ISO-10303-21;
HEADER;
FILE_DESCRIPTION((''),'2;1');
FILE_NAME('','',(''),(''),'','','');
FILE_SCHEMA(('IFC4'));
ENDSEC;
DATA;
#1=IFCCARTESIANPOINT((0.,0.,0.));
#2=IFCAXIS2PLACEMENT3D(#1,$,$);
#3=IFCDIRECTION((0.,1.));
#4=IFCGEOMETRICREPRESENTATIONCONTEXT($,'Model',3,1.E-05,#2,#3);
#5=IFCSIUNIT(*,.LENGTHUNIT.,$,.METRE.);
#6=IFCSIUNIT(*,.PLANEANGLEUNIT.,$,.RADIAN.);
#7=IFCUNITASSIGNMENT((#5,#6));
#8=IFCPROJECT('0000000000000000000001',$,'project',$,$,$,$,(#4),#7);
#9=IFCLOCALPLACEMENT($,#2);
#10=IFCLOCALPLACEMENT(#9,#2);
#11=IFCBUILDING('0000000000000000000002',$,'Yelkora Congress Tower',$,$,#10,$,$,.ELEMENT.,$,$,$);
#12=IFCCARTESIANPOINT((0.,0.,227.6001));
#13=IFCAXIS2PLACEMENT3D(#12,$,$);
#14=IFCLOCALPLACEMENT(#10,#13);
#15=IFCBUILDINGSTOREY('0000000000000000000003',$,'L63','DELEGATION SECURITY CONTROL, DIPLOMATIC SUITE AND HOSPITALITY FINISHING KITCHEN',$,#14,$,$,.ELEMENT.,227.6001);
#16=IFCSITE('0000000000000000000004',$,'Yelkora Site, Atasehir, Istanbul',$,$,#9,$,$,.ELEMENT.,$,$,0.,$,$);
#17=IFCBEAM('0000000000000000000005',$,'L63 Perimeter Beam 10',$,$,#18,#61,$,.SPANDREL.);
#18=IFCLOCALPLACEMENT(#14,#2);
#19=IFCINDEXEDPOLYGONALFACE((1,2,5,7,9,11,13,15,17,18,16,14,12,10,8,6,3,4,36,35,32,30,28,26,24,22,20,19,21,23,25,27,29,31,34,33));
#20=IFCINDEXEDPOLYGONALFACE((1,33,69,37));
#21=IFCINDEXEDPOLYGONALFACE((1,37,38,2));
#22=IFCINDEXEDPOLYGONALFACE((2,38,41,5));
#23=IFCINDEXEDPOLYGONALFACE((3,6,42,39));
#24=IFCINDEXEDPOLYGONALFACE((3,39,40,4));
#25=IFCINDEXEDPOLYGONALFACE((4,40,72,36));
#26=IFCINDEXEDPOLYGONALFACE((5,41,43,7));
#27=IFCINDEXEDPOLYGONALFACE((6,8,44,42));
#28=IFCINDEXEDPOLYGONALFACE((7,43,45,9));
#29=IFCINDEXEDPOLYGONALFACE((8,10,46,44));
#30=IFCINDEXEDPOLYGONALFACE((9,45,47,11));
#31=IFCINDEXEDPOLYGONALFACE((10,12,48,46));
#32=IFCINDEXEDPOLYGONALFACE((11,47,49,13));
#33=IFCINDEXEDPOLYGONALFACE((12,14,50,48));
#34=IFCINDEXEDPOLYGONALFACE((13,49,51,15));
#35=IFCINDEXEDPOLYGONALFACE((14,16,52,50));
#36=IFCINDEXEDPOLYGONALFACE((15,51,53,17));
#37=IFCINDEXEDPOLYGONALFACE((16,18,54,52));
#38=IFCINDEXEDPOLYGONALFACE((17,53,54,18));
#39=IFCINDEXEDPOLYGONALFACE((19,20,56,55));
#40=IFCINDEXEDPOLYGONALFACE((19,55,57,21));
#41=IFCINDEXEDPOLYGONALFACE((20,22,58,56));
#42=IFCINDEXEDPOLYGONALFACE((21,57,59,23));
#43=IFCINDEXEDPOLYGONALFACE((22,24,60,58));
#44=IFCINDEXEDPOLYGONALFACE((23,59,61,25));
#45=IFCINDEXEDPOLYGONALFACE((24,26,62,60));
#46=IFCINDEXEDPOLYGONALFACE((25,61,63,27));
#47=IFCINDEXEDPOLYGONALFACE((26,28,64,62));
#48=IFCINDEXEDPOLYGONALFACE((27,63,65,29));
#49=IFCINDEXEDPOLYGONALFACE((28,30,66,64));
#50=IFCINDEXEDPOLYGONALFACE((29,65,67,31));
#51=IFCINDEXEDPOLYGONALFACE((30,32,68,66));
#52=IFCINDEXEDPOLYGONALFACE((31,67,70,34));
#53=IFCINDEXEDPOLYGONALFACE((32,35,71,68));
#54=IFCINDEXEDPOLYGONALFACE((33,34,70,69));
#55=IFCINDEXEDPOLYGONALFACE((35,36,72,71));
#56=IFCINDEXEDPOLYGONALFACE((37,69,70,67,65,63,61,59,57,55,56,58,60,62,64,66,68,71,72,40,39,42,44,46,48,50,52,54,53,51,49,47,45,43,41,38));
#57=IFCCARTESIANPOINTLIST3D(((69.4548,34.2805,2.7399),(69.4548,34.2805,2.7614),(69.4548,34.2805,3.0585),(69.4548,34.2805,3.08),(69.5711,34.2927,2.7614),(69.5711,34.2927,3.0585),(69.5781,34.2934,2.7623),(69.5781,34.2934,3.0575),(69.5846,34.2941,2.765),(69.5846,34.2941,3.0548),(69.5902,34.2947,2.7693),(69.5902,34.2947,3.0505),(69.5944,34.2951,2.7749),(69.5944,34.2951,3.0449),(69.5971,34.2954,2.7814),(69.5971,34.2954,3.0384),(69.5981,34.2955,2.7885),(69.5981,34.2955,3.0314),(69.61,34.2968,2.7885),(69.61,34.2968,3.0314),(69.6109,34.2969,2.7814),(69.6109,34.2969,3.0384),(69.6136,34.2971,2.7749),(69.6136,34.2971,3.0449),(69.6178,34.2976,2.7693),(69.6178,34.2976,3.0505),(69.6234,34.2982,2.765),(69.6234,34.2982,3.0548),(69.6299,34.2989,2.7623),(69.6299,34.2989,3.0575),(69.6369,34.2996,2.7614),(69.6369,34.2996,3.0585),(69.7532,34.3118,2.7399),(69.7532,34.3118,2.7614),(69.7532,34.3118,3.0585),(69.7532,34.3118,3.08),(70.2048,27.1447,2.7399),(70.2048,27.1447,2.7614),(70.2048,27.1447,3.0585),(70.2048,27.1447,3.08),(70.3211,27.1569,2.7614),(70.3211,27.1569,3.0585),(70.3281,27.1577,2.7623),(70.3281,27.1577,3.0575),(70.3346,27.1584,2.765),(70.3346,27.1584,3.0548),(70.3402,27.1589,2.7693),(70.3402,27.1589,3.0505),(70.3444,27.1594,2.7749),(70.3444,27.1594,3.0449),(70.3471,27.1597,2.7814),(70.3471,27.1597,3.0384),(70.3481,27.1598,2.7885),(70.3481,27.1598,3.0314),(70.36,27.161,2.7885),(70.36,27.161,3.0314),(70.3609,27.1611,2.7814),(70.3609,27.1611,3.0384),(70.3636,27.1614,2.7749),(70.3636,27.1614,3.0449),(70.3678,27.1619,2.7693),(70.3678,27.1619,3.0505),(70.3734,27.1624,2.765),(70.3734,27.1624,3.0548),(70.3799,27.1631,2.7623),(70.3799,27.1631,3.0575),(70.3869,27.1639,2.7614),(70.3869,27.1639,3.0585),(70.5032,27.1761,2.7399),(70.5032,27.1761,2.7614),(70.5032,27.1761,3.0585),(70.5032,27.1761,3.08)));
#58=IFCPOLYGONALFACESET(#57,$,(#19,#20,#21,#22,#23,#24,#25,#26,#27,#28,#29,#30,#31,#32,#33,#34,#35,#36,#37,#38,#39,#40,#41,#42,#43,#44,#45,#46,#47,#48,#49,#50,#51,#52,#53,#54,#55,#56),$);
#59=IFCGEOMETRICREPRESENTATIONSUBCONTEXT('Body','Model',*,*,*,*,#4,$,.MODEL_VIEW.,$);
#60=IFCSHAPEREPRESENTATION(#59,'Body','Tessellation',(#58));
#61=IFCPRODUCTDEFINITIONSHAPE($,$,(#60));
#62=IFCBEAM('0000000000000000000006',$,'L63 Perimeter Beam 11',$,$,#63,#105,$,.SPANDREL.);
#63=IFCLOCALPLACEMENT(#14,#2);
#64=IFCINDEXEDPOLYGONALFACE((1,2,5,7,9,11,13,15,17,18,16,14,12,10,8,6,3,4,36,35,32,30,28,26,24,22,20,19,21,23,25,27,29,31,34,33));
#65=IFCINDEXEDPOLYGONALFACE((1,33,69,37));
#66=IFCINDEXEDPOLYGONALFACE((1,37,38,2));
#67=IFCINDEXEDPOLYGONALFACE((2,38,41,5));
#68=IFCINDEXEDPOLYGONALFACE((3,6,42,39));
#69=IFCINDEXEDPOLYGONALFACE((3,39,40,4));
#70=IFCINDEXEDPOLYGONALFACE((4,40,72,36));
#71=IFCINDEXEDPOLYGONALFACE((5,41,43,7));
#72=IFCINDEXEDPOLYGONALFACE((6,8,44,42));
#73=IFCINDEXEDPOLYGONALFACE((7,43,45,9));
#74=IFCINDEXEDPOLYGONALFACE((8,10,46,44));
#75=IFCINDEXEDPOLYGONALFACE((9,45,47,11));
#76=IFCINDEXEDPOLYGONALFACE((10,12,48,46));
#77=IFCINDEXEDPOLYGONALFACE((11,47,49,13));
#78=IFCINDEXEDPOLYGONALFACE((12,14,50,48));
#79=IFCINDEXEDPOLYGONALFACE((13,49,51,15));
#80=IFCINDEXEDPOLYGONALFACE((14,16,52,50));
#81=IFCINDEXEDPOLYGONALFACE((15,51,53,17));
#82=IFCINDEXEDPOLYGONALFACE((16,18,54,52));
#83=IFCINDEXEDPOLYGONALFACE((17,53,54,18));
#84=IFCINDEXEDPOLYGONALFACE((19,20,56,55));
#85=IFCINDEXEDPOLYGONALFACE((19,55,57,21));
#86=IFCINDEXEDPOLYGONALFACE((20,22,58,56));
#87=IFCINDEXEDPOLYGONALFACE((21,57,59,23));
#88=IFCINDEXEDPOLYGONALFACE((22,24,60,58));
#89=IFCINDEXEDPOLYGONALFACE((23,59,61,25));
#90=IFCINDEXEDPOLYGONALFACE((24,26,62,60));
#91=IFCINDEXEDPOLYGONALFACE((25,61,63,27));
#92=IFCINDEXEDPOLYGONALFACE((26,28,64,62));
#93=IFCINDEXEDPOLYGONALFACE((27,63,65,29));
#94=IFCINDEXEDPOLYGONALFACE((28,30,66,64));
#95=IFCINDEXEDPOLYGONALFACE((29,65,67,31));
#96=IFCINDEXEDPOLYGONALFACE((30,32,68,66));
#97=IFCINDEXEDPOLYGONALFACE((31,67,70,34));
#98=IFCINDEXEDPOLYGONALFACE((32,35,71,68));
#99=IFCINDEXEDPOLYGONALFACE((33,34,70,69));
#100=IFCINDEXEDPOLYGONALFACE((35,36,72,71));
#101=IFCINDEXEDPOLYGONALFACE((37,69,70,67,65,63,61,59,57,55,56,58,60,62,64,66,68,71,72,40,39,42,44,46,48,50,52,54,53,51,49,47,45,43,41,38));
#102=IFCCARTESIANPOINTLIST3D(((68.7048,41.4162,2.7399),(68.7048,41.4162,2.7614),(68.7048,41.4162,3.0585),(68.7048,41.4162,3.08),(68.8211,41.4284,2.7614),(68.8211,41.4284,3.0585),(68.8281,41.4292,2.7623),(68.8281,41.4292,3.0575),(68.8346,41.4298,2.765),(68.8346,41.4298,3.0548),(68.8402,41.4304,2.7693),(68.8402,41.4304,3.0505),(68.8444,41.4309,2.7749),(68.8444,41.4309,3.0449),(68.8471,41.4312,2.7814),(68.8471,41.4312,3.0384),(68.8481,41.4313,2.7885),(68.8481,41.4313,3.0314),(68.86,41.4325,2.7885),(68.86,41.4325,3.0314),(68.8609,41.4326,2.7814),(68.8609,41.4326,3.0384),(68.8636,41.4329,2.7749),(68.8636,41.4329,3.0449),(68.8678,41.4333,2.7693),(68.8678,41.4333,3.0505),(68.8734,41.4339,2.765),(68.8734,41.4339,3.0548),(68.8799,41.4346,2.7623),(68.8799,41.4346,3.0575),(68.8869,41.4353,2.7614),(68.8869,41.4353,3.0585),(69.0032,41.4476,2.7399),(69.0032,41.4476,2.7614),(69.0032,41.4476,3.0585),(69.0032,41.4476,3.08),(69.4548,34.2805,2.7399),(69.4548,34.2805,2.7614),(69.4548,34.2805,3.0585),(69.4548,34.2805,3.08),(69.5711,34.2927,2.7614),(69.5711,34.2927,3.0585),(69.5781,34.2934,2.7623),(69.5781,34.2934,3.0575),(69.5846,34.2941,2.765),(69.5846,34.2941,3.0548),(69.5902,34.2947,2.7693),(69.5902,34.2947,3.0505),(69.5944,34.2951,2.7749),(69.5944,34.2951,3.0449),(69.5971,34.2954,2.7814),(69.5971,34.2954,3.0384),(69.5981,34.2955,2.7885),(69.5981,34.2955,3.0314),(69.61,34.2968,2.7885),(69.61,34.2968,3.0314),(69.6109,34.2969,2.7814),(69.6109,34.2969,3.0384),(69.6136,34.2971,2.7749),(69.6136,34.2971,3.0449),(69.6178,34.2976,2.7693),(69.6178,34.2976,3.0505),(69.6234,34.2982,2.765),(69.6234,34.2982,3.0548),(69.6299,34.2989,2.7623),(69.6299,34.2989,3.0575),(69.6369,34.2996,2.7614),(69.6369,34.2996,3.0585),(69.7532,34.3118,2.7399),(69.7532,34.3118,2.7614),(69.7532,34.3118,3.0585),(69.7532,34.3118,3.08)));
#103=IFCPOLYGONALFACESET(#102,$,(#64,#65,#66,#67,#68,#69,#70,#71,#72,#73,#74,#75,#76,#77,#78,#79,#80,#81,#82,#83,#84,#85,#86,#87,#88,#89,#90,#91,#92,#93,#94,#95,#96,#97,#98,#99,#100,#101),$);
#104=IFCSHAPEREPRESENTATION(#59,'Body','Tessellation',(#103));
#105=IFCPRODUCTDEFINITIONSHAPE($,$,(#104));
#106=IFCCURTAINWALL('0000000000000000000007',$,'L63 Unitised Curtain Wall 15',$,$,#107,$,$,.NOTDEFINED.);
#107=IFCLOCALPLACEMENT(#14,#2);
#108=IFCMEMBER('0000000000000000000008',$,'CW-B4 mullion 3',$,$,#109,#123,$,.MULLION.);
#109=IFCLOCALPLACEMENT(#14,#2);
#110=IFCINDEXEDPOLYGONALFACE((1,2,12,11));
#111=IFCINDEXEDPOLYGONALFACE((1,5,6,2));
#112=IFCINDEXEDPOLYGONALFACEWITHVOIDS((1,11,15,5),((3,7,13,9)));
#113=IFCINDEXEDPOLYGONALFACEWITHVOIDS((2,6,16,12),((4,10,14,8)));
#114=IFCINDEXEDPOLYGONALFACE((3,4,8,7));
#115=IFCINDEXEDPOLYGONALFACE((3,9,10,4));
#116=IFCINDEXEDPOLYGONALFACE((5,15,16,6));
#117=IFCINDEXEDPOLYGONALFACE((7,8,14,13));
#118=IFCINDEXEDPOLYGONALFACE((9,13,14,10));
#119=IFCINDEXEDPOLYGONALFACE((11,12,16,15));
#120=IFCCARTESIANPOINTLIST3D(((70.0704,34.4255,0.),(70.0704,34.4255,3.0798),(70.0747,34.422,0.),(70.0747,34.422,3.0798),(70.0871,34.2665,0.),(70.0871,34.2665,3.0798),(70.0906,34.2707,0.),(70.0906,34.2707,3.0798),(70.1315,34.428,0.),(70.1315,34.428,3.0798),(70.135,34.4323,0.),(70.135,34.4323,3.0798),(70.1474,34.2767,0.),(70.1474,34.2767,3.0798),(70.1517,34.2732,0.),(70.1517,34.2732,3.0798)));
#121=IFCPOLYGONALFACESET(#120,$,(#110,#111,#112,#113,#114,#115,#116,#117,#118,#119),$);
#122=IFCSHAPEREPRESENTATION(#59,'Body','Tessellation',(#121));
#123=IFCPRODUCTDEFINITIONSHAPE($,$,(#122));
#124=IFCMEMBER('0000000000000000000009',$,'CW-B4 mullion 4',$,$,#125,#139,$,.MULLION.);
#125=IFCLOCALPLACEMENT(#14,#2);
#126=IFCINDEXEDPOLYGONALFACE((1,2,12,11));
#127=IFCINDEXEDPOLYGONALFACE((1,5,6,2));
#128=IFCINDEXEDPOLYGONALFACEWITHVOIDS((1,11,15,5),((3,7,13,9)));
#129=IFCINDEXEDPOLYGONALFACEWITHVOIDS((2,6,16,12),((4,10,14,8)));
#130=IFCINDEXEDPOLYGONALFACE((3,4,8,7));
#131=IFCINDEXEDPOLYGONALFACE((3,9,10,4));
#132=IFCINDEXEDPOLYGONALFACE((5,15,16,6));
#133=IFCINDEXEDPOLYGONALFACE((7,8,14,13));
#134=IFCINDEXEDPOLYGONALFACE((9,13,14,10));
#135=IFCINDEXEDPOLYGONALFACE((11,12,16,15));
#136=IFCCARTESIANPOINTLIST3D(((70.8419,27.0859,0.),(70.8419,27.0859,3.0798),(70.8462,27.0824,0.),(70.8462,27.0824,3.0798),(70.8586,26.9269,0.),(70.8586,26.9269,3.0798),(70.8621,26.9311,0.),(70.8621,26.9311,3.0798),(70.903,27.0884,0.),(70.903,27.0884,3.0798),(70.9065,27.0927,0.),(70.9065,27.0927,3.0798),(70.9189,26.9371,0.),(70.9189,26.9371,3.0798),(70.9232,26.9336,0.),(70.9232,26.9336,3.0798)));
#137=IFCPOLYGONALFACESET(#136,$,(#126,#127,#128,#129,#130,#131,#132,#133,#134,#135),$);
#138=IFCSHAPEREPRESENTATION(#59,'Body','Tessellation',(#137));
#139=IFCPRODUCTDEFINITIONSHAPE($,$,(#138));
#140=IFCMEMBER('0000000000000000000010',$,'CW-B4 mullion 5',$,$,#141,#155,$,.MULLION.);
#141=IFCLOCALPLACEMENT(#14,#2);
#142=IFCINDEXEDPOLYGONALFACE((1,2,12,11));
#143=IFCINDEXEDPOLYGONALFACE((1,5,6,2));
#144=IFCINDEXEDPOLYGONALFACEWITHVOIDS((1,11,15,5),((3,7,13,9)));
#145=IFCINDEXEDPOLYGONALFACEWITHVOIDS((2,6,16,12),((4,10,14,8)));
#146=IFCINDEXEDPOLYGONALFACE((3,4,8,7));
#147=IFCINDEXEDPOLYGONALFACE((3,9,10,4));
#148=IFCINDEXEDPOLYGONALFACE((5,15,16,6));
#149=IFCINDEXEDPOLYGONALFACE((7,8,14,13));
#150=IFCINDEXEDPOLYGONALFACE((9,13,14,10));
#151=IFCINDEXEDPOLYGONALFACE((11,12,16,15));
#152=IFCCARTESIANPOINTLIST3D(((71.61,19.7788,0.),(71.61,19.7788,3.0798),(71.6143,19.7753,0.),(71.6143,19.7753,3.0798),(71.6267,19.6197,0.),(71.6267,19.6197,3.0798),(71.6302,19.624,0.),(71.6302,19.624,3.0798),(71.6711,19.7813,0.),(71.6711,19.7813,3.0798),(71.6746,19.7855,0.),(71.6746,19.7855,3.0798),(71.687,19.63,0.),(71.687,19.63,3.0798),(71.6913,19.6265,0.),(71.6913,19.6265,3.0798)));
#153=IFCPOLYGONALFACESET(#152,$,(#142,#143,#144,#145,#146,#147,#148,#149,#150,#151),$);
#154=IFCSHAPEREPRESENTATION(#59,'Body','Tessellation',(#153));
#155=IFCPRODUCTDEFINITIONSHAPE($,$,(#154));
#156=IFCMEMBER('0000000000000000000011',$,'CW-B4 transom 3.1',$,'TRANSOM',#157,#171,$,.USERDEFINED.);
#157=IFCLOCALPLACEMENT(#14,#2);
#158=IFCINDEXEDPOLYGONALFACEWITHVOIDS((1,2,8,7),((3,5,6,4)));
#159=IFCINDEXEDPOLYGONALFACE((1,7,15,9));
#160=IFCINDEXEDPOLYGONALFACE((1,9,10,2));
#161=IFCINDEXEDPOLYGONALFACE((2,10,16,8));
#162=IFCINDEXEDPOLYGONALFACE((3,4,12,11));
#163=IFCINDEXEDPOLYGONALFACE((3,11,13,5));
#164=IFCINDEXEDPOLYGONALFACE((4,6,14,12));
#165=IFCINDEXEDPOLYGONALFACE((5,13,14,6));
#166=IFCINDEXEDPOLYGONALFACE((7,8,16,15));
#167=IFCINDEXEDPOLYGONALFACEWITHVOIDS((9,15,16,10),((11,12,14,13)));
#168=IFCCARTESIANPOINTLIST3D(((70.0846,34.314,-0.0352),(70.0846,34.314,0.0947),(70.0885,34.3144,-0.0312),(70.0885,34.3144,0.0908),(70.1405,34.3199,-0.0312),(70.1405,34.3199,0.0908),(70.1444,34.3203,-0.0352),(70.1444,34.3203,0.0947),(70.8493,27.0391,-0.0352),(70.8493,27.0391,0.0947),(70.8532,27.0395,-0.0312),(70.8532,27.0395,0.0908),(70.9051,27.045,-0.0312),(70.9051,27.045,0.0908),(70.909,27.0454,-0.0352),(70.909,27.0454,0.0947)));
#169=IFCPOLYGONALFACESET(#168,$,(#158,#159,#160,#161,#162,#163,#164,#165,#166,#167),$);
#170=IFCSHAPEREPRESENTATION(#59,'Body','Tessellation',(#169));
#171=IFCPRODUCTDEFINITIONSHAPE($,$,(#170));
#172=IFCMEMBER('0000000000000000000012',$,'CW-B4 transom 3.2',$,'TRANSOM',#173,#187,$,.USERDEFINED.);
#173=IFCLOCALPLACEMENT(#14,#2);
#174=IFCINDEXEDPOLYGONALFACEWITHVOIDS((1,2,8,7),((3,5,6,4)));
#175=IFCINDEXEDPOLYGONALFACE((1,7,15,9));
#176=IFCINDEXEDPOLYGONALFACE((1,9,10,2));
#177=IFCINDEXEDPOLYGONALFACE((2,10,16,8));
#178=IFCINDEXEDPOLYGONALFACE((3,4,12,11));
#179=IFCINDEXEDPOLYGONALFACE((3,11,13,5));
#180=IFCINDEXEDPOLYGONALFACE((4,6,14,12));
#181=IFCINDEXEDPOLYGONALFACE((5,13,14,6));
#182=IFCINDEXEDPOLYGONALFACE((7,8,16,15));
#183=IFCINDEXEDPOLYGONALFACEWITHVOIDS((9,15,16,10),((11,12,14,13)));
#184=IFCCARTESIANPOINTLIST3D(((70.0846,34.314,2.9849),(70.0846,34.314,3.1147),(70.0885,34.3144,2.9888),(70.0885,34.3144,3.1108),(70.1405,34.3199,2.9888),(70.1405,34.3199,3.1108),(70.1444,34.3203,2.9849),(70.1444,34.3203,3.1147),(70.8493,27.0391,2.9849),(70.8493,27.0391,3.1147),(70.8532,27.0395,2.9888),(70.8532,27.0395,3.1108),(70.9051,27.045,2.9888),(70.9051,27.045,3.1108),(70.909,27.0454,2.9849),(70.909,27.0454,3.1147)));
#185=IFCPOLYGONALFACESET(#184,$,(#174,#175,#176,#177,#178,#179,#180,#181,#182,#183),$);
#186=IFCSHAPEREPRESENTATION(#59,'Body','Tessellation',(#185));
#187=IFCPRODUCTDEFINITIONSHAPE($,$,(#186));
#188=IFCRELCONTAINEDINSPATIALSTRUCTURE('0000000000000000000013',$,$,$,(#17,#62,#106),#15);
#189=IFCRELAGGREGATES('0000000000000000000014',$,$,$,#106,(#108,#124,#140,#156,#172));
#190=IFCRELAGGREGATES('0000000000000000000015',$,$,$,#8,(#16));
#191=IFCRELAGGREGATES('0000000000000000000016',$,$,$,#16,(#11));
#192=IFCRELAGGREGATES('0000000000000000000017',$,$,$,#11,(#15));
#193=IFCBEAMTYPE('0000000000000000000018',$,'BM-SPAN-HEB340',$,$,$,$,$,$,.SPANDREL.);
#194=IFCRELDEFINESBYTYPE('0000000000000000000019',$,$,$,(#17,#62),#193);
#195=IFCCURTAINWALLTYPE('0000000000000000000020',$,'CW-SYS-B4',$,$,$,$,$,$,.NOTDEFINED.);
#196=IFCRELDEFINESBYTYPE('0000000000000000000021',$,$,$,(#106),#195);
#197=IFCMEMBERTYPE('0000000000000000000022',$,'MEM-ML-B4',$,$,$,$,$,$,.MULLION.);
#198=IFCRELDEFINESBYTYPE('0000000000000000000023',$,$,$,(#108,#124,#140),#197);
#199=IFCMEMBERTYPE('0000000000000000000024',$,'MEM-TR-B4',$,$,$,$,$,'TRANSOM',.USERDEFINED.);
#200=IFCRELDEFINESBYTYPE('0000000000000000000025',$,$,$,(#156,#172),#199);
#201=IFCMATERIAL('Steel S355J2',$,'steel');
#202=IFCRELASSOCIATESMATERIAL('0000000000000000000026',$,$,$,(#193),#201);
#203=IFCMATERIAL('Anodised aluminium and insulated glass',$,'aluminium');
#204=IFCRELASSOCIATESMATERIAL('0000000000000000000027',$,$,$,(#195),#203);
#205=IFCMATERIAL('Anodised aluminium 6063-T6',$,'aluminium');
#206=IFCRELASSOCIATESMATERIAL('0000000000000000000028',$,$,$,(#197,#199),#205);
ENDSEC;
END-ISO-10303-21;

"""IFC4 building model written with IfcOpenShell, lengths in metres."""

from ifc_helpers import new_model, si_unit, direction, frame, origin, origin_2d, place, context, subcontext, project, spatial, hollow_rectangle, i_section, extrude, material, material_profile, profile_set, type_object, element, aggregate, save


model = new_model("IFC4")

# Units and contexts
model_context = context("Model", 3, precision=1e-05, world=origin(), true_north=direction((0.0, 1.0)))
body_context = subcontext(model_context, "Body", "Model", "MODEL_VIEW")
ifc_project = project(units=[si_unit("LENGTHUNIT", "METRE"), si_unit("PLANEANGLEUNIT", "RADIAN")], contexts=[model_context])

# Site, building, storey
site_placement = place(None, origin())
site = spatial("IfcSite", under=ifc_project, at=site_placement, Name="Yelkora Site, Atasehir, Istanbul", CompositionType="ELEMENT", RefElevation=0.0)
building_placement = place(site_placement, origin())
building = spatial("IfcBuilding", under=site, at=building_placement, Name="Yelkora Congress Tower", CompositionType="ELEMENT")
storey_placement = place(building_placement, frame((0.0, 0.0, 227.6001)))
storey = spatial("IfcBuildingStorey", under=building, at=storey_placement, Name="L63", Description="DELEGATION SECURITY CONTROL, DIPLOMATIC SUITE AND HOSPITALITY FINISHING KITCHEN", CompositionType="ELEMENT", Elevation=227.6001)

# Shared definitions
ifc_material_1 = material(Name="Steel S355J2", Category="steel")

# Beams
ifc_material_profile_1 = material_profile(ifc_material_1, i_section(OverallWidth=0.3, OverallDepth=0.3401, WebThickness=0.012, FlangeThickness=0.0215, FilletRadius=0.0271, at=origin_2d()), Name="HEB 340")
ifc_profile_set_1 = profile_set([ifc_material_profile_1], Name="Steel S355J2")
beam_type_1 = type_object("IfcBeamType", Name="BM-SPAN-HEB340", PredefinedType="SPANDREL", material=ifc_profile_set_1)
for number, where, z_axis, x_axis, name in (
    (1, (70.354, 27.1604, 2.9099), (-0.104529, 0.994522, 0.0), (-0.994522, -0.104529, 0.0), "L63 Perimeter Beam 10"),
    (2, (69.604, 34.2961, 2.9099), (-0.104529, 0.994522, 0.0), (-0.994522, -0.104529, 0.0), "L63 Perimeter Beam 11"),
):
    element("IfcBeam", number, at=place(storey_placement, frame(where, z_axis=z_axis, x_axis=x_axis)), inside=storey, type_object=beam_type_1, Name=name, PredefinedType="SPANDREL", context=body_context, shape_type="SweptSolid", body=[
        extrude(i_section(OverallWidth=0.3, OverallDepth=0.3401, WebThickness=0.012, FlangeThickness=0.0215, FilletRadius=0.0271, at=origin_2d()), origin(), (0.0, 0.0, 1.0), 7.175),
    ])

# Curtain wall, members
ifc_material_2 = material(Name="Anodised aluminium and insulated glass", Category="aluminium")
curtain_wall_type = type_object("IfcCurtainWallType", Name="CW-SYS-B4", PredefinedType="NOTDEFINED", material=ifc_material_2)
curtain_wall_placement = place(storey_placement, origin())
curtain_wall = element("IfcCurtainWall", 3, at=curtain_wall_placement, inside=storey, type_object=curtain_wall_type, Name="L63 Unitised Curtain Wall 15", PredefinedType="NOTDEFINED")
ifc_material_3 = material(Name="Anodised aluminium 6063-T6", Category="aluminium")
ifc_material_profile_2 = material_profile(ifc_material_3, hollow_rectangle(XDim=0.0649, YDim=0.1599, WallThickness=0.0039, at=origin_2d()), Name="ALU 65x160x4")
ifc_profile_set_2 = profile_set([ifc_material_profile_2], Name="Anodised aluminium 6063-T6")
member_type_1 = type_object("IfcMemberType", Name="MEM-ML-B4", PredefinedType="MULLION", material=ifc_profile_set_2)
member_1_placement = place(storey_placement, frame((70.1111, 34.3494, 0.0), z_axis=(0.0, 0.0, 1.0), x_axis=(0.994522, 0.104526, 0.0)))
member_1 = element("IfcMember", 4, at=member_1_placement, type_object=member_type_1, Name="CW-B4 mullion 3", PredefinedType="MULLION", context=body_context, shape_type="SweptSolid", body=[
    extrude(hollow_rectangle(XDim=0.0649, YDim=0.1599, WallThickness=0.0039, at=origin_2d()), origin(), (0.0, 0.0, 1.0), 3.0798),
])
member_2_placement = place(storey_placement, frame((70.8826, 27.0098, 0.0), z_axis=(0.0, 0.0, 1.0), x_axis=(0.994522, 0.104526, 0.0)))
member_2 = element("IfcMember", 5, at=member_2_placement, type_object=member_type_1, Name="CW-B4 mullion 4", PredefinedType="MULLION", context=body_context, shape_type="SweptSolid", body=[
    extrude(hollow_rectangle(XDim=0.0649, YDim=0.1599, WallThickness=0.0039, at=origin_2d()), origin(), (0.0, 0.0, 1.0), 3.0798),
])
member_3_placement = place(storey_placement, frame((71.6506, 19.7026, 0.0), z_axis=(0.0, 0.0, 1.0), x_axis=(0.994522, 0.104526, 0.0)))
member_3 = element("IfcMember", 6, at=member_3_placement, type_object=member_type_1, Name="CW-B4 mullion 5", PredefinedType="MULLION", context=body_context, shape_type="SweptSolid", body=[
    extrude(hollow_rectangle(XDim=0.0649, YDim=0.1599, WallThickness=0.0039, at=origin_2d()), origin(), (0.0, 0.0, 1.0), 3.0798),
])
ifc_material_profile_3 = material_profile(ifc_material_3, hollow_rectangle(XDim=0.0601, YDim=0.1299, WallThickness=0.0039, at=origin_2d()), Name="ALU 60x130x4")
ifc_profile_set_3 = profile_set([ifc_material_profile_3], Name="Anodised aluminium 6063-T6")
member_type_2 = type_object("IfcMemberType", Name="MEM-TR-B4", ElementType="TRANSOM", PredefinedType="USERDEFINED", material=ifc_profile_set_3)
member_4_placement = place(storey_placement, frame((70.1145, 34.3171, 0.0298), z_axis=(0.104532, -0.994522, 0.0), x_axis=(0.994522, 0.104532, 0.0)))
member_4 = element("IfcMember", 7, at=member_4_placement, type_object=member_type_2, Name="CW-B4 transom 3.1", ObjectType="TRANSOM", PredefinedType="USERDEFINED", context=body_context, shape_type="SweptSolid", body=[
    extrude(hollow_rectangle(XDim=0.0601, YDim=0.1299, WallThickness=0.0039, at=origin_2d()), origin(), (0.0, 0.0, 1.0), 7.3149),
])
member_5_placement = place(storey_placement, frame((70.1145, 34.3171, 3.0498), z_axis=(0.104532, -0.994522, 0.0), x_axis=(0.994522, 0.104532, 0.0)))
member_5 = element("IfcMember", 8, at=member_5_placement, type_object=member_type_2, Name="CW-B4 transom 3.2", ObjectType="TRANSOM", PredefinedType="USERDEFINED", context=body_context, shape_type="SweptSolid", body=[
    extrude(hollow_rectangle(XDim=0.0601, YDim=0.1299, WallThickness=0.0039, at=origin_2d()), origin(), (0.0, 0.0, 1.0), 7.3149),
])
aggregate(curtain_wall, [member_1, member_2, member_3, member_4, member_5])

save(model, "model.ifc")
